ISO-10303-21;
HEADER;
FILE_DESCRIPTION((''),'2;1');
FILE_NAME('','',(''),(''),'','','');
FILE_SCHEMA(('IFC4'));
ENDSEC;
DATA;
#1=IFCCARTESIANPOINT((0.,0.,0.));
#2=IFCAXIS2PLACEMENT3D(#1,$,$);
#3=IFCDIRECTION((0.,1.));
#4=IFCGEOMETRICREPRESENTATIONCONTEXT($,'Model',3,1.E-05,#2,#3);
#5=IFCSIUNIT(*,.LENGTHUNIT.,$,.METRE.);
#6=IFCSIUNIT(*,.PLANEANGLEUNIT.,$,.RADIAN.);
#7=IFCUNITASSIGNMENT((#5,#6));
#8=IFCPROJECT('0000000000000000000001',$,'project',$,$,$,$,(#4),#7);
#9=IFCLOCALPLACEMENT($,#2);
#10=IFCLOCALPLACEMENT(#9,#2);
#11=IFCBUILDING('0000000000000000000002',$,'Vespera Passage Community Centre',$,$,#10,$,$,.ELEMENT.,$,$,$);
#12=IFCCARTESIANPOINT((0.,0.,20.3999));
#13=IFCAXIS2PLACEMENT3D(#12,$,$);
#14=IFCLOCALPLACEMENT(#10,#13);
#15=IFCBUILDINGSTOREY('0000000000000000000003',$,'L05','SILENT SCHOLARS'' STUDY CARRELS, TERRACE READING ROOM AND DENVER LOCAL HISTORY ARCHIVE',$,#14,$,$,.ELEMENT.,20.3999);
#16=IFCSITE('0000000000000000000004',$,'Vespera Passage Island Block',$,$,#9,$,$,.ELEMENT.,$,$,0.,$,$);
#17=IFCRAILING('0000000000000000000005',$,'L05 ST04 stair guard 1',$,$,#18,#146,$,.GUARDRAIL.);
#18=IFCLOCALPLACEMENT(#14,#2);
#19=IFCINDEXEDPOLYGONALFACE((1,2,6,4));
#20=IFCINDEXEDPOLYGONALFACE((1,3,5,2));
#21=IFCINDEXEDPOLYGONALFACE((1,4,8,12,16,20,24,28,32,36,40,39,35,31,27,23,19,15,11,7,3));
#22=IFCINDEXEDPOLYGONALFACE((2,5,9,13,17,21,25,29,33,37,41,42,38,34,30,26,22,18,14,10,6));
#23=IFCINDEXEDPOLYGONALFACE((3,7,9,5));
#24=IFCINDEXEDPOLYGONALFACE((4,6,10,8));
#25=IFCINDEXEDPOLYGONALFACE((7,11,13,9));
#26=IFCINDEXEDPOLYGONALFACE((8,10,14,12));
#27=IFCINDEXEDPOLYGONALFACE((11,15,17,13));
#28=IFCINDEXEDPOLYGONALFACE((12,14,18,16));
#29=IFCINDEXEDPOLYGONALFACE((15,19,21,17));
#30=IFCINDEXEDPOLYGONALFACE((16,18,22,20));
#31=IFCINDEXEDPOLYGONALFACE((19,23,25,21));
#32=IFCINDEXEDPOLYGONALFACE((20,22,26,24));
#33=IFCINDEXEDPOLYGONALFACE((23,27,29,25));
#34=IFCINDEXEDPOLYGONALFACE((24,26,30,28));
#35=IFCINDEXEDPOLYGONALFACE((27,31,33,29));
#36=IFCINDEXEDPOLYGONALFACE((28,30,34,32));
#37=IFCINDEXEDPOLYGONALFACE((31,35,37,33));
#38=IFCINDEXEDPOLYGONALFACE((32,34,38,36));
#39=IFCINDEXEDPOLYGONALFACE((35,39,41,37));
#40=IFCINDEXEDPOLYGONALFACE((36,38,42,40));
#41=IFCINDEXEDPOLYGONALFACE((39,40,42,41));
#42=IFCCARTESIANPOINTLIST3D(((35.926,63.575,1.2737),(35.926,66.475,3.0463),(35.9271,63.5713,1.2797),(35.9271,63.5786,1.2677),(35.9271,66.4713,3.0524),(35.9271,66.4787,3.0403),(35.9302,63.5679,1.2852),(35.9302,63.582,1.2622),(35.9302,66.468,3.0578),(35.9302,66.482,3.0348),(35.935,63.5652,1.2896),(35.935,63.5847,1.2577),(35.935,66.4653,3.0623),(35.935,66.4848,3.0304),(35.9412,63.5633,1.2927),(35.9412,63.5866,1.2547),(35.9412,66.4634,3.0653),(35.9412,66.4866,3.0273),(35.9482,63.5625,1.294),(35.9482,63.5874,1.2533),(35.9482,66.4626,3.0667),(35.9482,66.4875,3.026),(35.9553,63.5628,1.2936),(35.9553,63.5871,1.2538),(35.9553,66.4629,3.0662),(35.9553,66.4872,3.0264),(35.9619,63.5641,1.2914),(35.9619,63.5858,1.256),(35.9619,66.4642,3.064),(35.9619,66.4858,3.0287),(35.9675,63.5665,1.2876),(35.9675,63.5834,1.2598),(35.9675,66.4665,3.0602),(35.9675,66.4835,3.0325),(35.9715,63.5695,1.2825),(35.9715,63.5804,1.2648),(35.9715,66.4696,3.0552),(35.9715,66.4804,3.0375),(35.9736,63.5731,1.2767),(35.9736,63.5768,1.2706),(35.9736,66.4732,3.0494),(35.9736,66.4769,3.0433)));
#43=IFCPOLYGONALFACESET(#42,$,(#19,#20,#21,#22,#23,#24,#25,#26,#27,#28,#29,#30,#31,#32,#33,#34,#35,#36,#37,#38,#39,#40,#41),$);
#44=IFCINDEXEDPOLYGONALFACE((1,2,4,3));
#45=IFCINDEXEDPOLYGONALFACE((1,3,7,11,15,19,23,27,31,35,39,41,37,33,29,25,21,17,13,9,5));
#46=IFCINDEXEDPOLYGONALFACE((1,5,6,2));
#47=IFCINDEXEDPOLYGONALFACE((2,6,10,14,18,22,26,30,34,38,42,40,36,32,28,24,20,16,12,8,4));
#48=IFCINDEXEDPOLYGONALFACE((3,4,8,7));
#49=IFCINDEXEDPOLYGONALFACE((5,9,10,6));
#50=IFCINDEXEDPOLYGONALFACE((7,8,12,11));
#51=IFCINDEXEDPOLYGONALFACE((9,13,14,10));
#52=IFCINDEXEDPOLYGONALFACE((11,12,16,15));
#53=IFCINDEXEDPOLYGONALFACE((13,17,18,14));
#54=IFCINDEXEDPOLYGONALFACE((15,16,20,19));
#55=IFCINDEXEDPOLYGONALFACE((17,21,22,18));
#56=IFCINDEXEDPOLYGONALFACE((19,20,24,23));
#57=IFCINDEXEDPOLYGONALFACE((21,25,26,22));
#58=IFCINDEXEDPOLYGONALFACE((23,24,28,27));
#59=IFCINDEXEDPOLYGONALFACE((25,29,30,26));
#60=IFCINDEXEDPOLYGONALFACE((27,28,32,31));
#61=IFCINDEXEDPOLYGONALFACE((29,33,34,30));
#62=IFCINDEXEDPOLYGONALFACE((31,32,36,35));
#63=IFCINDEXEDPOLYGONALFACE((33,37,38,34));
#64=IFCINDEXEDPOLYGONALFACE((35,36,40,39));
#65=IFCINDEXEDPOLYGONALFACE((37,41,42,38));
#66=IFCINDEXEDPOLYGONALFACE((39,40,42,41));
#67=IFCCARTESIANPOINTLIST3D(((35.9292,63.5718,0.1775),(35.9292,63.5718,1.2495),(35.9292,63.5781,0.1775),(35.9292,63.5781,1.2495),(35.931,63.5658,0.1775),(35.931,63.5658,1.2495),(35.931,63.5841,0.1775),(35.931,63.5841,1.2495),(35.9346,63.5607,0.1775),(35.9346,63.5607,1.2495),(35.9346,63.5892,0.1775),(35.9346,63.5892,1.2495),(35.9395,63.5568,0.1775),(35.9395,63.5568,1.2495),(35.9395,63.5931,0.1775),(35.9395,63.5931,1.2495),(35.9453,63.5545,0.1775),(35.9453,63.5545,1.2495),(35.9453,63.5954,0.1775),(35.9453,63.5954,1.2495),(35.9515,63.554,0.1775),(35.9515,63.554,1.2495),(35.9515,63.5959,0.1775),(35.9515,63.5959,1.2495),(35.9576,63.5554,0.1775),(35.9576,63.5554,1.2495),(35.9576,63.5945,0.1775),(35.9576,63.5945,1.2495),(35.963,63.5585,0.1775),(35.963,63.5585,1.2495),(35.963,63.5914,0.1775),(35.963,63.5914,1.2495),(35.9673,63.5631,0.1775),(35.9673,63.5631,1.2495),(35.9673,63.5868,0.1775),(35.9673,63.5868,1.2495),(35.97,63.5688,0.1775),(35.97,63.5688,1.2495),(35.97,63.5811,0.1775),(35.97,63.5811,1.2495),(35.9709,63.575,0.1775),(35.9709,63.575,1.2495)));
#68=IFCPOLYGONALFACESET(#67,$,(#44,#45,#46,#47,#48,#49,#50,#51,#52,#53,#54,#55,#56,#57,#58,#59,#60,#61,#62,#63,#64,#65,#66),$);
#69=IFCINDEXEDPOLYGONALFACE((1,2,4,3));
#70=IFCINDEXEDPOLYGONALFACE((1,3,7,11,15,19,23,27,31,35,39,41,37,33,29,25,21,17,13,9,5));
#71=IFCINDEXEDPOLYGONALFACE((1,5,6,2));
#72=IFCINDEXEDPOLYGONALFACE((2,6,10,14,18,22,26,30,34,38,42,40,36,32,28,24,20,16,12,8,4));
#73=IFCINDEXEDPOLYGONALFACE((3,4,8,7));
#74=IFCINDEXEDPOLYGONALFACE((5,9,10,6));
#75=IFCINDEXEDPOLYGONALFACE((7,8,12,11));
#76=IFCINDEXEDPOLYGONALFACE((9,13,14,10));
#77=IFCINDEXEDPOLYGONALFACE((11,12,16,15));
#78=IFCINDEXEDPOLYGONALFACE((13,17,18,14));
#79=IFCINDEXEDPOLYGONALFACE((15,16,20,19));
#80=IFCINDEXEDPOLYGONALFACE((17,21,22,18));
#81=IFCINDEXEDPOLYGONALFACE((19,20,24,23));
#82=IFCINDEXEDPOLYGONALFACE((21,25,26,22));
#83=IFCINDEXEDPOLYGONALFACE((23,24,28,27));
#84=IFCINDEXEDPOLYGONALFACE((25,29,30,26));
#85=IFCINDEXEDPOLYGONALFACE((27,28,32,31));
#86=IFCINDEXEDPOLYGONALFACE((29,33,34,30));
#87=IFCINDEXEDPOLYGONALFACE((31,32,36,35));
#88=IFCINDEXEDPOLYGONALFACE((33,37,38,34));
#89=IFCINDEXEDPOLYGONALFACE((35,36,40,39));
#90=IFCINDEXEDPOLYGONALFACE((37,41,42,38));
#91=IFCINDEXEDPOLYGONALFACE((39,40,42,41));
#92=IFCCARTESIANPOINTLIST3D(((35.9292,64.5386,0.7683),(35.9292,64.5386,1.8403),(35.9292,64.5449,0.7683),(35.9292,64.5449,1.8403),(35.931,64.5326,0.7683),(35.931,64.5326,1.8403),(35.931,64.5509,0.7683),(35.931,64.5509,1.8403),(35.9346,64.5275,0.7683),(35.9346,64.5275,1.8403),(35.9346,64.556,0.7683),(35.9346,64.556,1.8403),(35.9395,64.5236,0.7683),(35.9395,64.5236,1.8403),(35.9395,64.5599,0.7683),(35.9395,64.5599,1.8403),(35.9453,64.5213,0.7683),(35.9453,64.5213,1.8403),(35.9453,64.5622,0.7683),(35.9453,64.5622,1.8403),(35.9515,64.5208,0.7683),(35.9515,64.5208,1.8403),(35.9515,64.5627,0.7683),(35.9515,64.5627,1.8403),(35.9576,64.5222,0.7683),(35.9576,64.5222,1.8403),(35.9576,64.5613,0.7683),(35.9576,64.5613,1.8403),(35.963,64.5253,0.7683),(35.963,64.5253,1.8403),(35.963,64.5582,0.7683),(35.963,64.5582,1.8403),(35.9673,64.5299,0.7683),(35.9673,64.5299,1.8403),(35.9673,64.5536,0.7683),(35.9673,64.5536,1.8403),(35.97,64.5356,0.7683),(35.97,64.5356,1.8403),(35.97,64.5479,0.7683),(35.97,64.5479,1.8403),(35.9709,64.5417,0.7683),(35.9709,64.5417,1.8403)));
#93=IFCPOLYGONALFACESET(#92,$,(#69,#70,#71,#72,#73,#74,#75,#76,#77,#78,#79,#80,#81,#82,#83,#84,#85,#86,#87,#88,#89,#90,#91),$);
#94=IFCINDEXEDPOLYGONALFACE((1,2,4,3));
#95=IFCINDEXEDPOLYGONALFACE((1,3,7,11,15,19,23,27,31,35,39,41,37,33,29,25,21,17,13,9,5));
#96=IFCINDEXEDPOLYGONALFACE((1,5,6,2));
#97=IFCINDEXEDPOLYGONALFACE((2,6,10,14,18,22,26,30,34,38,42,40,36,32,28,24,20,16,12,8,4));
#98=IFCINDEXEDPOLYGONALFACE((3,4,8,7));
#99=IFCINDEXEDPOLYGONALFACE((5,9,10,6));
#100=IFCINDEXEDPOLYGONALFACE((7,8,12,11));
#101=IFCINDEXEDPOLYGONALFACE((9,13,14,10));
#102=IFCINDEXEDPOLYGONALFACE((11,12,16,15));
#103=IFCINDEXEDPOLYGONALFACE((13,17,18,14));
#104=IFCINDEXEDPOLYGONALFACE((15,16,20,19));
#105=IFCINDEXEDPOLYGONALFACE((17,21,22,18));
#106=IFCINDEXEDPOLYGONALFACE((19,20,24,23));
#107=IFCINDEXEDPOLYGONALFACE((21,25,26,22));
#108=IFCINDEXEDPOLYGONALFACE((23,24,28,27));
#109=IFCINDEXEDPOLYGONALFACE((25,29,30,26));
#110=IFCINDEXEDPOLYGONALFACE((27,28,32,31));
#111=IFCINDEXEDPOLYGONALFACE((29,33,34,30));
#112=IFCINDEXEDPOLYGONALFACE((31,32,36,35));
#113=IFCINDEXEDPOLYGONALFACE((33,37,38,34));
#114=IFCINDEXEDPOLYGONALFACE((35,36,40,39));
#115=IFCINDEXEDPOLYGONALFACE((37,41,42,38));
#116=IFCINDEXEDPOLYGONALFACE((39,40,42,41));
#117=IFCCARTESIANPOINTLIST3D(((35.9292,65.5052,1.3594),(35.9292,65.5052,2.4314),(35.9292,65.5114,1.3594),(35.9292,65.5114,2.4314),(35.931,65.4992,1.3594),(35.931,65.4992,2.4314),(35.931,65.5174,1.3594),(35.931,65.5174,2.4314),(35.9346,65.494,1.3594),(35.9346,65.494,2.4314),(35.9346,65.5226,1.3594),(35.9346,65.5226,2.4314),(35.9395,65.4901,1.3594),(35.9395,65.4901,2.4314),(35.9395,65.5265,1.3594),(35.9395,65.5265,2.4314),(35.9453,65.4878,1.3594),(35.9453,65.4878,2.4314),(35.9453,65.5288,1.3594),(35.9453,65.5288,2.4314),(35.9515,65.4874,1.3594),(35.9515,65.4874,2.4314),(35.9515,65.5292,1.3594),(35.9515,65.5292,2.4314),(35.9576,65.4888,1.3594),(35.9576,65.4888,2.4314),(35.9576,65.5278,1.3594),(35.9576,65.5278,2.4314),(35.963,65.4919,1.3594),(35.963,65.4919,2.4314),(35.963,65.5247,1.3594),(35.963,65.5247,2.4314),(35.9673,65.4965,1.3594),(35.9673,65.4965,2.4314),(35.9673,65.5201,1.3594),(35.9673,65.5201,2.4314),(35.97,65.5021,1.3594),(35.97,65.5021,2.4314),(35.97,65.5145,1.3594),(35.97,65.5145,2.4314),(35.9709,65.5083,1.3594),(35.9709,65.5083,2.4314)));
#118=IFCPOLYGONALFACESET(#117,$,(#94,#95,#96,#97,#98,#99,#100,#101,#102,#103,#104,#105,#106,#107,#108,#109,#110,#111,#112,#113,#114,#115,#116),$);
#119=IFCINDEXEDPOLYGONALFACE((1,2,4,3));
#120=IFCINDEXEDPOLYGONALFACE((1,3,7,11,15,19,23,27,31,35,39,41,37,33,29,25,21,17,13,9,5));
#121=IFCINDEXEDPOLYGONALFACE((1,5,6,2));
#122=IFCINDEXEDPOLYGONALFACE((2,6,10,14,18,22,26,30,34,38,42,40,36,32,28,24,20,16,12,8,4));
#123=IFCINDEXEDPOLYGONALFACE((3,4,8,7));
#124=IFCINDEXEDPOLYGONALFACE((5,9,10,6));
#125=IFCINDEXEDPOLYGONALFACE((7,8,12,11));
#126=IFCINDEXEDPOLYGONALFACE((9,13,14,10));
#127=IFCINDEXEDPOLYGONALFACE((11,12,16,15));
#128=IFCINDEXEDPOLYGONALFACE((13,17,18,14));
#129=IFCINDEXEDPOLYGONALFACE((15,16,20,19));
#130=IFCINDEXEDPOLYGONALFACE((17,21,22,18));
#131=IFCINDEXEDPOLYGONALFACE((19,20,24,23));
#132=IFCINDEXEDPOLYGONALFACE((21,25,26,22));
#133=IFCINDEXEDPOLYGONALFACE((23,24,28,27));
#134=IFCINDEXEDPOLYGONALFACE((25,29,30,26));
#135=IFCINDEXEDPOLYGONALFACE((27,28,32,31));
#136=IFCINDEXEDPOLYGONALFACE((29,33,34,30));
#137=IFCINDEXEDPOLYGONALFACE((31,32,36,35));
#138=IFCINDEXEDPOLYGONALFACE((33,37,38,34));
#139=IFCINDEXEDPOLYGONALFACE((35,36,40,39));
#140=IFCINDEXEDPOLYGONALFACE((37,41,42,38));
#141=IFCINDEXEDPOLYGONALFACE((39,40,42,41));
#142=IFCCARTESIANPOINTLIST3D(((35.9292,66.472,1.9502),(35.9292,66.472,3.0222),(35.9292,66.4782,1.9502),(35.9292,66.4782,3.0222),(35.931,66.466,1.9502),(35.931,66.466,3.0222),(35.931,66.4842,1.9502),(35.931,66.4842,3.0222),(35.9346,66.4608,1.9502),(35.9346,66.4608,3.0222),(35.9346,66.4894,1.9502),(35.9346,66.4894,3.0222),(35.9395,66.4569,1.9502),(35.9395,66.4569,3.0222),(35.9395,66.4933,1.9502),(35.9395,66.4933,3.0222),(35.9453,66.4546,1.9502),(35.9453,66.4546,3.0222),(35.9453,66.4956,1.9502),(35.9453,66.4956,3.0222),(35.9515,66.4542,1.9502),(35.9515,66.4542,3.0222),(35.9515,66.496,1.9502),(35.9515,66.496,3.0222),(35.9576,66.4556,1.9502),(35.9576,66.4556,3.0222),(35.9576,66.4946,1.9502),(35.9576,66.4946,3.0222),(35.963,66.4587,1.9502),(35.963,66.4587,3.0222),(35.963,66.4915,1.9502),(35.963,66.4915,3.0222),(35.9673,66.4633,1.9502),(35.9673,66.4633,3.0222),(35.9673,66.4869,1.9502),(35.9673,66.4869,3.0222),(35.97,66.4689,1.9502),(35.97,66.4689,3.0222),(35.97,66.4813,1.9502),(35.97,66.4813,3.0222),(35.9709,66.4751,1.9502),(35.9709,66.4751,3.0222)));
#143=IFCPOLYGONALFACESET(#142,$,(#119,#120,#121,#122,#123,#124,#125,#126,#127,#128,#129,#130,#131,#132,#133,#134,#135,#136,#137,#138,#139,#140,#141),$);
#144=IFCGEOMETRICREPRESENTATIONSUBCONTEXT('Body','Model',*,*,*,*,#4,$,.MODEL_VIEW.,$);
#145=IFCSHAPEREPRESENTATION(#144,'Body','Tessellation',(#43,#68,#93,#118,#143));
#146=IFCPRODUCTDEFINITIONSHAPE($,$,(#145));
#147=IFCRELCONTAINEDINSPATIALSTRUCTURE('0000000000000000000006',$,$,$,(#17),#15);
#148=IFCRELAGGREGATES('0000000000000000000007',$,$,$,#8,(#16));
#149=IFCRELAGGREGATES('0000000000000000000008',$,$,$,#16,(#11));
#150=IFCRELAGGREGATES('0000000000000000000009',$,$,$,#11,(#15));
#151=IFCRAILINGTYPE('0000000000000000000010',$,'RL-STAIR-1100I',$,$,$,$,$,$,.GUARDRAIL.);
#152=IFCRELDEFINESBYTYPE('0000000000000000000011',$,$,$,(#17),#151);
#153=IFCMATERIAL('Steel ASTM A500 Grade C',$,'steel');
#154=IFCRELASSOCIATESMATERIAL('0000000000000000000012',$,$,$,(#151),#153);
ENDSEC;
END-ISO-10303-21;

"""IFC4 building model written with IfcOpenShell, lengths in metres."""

from ifc_helpers import new_model, si_unit, direction, frame, origin, origin_2d, place, context, subcontext, project, spatial, circle, extrude, material, type_object, element, save


model = new_model("IFC4")

# Units and contexts
model_context = context("Model", 3, precision=1e-05, world=origin(), true_north=direction((0.0, 1.0)))
body_context = subcontext(model_context, "Body", "Model", "MODEL_VIEW")
ifc_project = project(units=[si_unit("LENGTHUNIT", "METRE"), si_unit("PLANEANGLEUNIT", "RADIAN")], contexts=[model_context])

# Site, building, storey
site_placement = place(None, origin())
site = spatial("IfcSite", under=ifc_project, at=site_placement, Name="Vespera Passage Island Block", CompositionType="ELEMENT", RefElevation=0.0)
building_placement = place(site_placement, origin())
building = spatial("IfcBuilding", under=site, at=building_placement, Name="Vespera Passage Community Centre", CompositionType="ELEMENT")
storey_placement = place(building_placement, frame((0.0, 0.0, 20.3999)))
storey = spatial("IfcBuildingStorey", under=building, at=storey_placement, Name="L05", Description="SILENT SCHOLARS' STUDY CARRELS, TERRACE READING ROOM AND DENVER LOCAL HISTORY ARCHIVE", CompositionType="ELEMENT", Elevation=20.3999)

# Railing
ifc_material_1 = material(Name="Steel ASTM A500 Grade C", Category="steel")
railing_type_1 = type_object("IfcRailingType", Name="RL-STAIR-1100I", PredefinedType="GUARDRAIL", material=ifc_material_1)
railing_1_placement = place(storey_placement, frame((35.95, 63.575, 0.1775)))
element("IfcRailing", 1, at=railing_1_placement, inside=storey, type_object=railing_type_1, Name="L05 ST04 stair guard 1", PredefinedType="GUARDRAIL", context=body_context, shape_type="SweptSolid", body=[
    extrude(circle(Radius=0.0239, at=origin_2d()), frame((0.0, 0.0, 1.0962), z_axis=(0.0, 0.85323, 0.521534), x_axis=(-1.0, 0.0, 0.0)), (0.0, 0.0, 1.0), 3.3989),
    extrude(circle(Radius=0.021, at=origin_2d()), origin(), (0.0, 0.0, 1.0), 1.072),
    extrude(circle(Radius=0.021, at=origin_2d()), frame((0.0, 0.9668, 0.5908)), (0.0, 0.0, 1.0), 1.072),
    extrude(circle(Radius=0.021, at=origin_2d()), frame((0.0, 1.9333, 1.1819)), (0.0, 0.0, 1.0), 1.072),
    extrude(circle(Radius=0.021, at=origin_2d()), frame((0.0, 2.9001, 1.7727)), (0.0, 0.0, 1.0), 1.072),
])

save(model, "model.ifc")
